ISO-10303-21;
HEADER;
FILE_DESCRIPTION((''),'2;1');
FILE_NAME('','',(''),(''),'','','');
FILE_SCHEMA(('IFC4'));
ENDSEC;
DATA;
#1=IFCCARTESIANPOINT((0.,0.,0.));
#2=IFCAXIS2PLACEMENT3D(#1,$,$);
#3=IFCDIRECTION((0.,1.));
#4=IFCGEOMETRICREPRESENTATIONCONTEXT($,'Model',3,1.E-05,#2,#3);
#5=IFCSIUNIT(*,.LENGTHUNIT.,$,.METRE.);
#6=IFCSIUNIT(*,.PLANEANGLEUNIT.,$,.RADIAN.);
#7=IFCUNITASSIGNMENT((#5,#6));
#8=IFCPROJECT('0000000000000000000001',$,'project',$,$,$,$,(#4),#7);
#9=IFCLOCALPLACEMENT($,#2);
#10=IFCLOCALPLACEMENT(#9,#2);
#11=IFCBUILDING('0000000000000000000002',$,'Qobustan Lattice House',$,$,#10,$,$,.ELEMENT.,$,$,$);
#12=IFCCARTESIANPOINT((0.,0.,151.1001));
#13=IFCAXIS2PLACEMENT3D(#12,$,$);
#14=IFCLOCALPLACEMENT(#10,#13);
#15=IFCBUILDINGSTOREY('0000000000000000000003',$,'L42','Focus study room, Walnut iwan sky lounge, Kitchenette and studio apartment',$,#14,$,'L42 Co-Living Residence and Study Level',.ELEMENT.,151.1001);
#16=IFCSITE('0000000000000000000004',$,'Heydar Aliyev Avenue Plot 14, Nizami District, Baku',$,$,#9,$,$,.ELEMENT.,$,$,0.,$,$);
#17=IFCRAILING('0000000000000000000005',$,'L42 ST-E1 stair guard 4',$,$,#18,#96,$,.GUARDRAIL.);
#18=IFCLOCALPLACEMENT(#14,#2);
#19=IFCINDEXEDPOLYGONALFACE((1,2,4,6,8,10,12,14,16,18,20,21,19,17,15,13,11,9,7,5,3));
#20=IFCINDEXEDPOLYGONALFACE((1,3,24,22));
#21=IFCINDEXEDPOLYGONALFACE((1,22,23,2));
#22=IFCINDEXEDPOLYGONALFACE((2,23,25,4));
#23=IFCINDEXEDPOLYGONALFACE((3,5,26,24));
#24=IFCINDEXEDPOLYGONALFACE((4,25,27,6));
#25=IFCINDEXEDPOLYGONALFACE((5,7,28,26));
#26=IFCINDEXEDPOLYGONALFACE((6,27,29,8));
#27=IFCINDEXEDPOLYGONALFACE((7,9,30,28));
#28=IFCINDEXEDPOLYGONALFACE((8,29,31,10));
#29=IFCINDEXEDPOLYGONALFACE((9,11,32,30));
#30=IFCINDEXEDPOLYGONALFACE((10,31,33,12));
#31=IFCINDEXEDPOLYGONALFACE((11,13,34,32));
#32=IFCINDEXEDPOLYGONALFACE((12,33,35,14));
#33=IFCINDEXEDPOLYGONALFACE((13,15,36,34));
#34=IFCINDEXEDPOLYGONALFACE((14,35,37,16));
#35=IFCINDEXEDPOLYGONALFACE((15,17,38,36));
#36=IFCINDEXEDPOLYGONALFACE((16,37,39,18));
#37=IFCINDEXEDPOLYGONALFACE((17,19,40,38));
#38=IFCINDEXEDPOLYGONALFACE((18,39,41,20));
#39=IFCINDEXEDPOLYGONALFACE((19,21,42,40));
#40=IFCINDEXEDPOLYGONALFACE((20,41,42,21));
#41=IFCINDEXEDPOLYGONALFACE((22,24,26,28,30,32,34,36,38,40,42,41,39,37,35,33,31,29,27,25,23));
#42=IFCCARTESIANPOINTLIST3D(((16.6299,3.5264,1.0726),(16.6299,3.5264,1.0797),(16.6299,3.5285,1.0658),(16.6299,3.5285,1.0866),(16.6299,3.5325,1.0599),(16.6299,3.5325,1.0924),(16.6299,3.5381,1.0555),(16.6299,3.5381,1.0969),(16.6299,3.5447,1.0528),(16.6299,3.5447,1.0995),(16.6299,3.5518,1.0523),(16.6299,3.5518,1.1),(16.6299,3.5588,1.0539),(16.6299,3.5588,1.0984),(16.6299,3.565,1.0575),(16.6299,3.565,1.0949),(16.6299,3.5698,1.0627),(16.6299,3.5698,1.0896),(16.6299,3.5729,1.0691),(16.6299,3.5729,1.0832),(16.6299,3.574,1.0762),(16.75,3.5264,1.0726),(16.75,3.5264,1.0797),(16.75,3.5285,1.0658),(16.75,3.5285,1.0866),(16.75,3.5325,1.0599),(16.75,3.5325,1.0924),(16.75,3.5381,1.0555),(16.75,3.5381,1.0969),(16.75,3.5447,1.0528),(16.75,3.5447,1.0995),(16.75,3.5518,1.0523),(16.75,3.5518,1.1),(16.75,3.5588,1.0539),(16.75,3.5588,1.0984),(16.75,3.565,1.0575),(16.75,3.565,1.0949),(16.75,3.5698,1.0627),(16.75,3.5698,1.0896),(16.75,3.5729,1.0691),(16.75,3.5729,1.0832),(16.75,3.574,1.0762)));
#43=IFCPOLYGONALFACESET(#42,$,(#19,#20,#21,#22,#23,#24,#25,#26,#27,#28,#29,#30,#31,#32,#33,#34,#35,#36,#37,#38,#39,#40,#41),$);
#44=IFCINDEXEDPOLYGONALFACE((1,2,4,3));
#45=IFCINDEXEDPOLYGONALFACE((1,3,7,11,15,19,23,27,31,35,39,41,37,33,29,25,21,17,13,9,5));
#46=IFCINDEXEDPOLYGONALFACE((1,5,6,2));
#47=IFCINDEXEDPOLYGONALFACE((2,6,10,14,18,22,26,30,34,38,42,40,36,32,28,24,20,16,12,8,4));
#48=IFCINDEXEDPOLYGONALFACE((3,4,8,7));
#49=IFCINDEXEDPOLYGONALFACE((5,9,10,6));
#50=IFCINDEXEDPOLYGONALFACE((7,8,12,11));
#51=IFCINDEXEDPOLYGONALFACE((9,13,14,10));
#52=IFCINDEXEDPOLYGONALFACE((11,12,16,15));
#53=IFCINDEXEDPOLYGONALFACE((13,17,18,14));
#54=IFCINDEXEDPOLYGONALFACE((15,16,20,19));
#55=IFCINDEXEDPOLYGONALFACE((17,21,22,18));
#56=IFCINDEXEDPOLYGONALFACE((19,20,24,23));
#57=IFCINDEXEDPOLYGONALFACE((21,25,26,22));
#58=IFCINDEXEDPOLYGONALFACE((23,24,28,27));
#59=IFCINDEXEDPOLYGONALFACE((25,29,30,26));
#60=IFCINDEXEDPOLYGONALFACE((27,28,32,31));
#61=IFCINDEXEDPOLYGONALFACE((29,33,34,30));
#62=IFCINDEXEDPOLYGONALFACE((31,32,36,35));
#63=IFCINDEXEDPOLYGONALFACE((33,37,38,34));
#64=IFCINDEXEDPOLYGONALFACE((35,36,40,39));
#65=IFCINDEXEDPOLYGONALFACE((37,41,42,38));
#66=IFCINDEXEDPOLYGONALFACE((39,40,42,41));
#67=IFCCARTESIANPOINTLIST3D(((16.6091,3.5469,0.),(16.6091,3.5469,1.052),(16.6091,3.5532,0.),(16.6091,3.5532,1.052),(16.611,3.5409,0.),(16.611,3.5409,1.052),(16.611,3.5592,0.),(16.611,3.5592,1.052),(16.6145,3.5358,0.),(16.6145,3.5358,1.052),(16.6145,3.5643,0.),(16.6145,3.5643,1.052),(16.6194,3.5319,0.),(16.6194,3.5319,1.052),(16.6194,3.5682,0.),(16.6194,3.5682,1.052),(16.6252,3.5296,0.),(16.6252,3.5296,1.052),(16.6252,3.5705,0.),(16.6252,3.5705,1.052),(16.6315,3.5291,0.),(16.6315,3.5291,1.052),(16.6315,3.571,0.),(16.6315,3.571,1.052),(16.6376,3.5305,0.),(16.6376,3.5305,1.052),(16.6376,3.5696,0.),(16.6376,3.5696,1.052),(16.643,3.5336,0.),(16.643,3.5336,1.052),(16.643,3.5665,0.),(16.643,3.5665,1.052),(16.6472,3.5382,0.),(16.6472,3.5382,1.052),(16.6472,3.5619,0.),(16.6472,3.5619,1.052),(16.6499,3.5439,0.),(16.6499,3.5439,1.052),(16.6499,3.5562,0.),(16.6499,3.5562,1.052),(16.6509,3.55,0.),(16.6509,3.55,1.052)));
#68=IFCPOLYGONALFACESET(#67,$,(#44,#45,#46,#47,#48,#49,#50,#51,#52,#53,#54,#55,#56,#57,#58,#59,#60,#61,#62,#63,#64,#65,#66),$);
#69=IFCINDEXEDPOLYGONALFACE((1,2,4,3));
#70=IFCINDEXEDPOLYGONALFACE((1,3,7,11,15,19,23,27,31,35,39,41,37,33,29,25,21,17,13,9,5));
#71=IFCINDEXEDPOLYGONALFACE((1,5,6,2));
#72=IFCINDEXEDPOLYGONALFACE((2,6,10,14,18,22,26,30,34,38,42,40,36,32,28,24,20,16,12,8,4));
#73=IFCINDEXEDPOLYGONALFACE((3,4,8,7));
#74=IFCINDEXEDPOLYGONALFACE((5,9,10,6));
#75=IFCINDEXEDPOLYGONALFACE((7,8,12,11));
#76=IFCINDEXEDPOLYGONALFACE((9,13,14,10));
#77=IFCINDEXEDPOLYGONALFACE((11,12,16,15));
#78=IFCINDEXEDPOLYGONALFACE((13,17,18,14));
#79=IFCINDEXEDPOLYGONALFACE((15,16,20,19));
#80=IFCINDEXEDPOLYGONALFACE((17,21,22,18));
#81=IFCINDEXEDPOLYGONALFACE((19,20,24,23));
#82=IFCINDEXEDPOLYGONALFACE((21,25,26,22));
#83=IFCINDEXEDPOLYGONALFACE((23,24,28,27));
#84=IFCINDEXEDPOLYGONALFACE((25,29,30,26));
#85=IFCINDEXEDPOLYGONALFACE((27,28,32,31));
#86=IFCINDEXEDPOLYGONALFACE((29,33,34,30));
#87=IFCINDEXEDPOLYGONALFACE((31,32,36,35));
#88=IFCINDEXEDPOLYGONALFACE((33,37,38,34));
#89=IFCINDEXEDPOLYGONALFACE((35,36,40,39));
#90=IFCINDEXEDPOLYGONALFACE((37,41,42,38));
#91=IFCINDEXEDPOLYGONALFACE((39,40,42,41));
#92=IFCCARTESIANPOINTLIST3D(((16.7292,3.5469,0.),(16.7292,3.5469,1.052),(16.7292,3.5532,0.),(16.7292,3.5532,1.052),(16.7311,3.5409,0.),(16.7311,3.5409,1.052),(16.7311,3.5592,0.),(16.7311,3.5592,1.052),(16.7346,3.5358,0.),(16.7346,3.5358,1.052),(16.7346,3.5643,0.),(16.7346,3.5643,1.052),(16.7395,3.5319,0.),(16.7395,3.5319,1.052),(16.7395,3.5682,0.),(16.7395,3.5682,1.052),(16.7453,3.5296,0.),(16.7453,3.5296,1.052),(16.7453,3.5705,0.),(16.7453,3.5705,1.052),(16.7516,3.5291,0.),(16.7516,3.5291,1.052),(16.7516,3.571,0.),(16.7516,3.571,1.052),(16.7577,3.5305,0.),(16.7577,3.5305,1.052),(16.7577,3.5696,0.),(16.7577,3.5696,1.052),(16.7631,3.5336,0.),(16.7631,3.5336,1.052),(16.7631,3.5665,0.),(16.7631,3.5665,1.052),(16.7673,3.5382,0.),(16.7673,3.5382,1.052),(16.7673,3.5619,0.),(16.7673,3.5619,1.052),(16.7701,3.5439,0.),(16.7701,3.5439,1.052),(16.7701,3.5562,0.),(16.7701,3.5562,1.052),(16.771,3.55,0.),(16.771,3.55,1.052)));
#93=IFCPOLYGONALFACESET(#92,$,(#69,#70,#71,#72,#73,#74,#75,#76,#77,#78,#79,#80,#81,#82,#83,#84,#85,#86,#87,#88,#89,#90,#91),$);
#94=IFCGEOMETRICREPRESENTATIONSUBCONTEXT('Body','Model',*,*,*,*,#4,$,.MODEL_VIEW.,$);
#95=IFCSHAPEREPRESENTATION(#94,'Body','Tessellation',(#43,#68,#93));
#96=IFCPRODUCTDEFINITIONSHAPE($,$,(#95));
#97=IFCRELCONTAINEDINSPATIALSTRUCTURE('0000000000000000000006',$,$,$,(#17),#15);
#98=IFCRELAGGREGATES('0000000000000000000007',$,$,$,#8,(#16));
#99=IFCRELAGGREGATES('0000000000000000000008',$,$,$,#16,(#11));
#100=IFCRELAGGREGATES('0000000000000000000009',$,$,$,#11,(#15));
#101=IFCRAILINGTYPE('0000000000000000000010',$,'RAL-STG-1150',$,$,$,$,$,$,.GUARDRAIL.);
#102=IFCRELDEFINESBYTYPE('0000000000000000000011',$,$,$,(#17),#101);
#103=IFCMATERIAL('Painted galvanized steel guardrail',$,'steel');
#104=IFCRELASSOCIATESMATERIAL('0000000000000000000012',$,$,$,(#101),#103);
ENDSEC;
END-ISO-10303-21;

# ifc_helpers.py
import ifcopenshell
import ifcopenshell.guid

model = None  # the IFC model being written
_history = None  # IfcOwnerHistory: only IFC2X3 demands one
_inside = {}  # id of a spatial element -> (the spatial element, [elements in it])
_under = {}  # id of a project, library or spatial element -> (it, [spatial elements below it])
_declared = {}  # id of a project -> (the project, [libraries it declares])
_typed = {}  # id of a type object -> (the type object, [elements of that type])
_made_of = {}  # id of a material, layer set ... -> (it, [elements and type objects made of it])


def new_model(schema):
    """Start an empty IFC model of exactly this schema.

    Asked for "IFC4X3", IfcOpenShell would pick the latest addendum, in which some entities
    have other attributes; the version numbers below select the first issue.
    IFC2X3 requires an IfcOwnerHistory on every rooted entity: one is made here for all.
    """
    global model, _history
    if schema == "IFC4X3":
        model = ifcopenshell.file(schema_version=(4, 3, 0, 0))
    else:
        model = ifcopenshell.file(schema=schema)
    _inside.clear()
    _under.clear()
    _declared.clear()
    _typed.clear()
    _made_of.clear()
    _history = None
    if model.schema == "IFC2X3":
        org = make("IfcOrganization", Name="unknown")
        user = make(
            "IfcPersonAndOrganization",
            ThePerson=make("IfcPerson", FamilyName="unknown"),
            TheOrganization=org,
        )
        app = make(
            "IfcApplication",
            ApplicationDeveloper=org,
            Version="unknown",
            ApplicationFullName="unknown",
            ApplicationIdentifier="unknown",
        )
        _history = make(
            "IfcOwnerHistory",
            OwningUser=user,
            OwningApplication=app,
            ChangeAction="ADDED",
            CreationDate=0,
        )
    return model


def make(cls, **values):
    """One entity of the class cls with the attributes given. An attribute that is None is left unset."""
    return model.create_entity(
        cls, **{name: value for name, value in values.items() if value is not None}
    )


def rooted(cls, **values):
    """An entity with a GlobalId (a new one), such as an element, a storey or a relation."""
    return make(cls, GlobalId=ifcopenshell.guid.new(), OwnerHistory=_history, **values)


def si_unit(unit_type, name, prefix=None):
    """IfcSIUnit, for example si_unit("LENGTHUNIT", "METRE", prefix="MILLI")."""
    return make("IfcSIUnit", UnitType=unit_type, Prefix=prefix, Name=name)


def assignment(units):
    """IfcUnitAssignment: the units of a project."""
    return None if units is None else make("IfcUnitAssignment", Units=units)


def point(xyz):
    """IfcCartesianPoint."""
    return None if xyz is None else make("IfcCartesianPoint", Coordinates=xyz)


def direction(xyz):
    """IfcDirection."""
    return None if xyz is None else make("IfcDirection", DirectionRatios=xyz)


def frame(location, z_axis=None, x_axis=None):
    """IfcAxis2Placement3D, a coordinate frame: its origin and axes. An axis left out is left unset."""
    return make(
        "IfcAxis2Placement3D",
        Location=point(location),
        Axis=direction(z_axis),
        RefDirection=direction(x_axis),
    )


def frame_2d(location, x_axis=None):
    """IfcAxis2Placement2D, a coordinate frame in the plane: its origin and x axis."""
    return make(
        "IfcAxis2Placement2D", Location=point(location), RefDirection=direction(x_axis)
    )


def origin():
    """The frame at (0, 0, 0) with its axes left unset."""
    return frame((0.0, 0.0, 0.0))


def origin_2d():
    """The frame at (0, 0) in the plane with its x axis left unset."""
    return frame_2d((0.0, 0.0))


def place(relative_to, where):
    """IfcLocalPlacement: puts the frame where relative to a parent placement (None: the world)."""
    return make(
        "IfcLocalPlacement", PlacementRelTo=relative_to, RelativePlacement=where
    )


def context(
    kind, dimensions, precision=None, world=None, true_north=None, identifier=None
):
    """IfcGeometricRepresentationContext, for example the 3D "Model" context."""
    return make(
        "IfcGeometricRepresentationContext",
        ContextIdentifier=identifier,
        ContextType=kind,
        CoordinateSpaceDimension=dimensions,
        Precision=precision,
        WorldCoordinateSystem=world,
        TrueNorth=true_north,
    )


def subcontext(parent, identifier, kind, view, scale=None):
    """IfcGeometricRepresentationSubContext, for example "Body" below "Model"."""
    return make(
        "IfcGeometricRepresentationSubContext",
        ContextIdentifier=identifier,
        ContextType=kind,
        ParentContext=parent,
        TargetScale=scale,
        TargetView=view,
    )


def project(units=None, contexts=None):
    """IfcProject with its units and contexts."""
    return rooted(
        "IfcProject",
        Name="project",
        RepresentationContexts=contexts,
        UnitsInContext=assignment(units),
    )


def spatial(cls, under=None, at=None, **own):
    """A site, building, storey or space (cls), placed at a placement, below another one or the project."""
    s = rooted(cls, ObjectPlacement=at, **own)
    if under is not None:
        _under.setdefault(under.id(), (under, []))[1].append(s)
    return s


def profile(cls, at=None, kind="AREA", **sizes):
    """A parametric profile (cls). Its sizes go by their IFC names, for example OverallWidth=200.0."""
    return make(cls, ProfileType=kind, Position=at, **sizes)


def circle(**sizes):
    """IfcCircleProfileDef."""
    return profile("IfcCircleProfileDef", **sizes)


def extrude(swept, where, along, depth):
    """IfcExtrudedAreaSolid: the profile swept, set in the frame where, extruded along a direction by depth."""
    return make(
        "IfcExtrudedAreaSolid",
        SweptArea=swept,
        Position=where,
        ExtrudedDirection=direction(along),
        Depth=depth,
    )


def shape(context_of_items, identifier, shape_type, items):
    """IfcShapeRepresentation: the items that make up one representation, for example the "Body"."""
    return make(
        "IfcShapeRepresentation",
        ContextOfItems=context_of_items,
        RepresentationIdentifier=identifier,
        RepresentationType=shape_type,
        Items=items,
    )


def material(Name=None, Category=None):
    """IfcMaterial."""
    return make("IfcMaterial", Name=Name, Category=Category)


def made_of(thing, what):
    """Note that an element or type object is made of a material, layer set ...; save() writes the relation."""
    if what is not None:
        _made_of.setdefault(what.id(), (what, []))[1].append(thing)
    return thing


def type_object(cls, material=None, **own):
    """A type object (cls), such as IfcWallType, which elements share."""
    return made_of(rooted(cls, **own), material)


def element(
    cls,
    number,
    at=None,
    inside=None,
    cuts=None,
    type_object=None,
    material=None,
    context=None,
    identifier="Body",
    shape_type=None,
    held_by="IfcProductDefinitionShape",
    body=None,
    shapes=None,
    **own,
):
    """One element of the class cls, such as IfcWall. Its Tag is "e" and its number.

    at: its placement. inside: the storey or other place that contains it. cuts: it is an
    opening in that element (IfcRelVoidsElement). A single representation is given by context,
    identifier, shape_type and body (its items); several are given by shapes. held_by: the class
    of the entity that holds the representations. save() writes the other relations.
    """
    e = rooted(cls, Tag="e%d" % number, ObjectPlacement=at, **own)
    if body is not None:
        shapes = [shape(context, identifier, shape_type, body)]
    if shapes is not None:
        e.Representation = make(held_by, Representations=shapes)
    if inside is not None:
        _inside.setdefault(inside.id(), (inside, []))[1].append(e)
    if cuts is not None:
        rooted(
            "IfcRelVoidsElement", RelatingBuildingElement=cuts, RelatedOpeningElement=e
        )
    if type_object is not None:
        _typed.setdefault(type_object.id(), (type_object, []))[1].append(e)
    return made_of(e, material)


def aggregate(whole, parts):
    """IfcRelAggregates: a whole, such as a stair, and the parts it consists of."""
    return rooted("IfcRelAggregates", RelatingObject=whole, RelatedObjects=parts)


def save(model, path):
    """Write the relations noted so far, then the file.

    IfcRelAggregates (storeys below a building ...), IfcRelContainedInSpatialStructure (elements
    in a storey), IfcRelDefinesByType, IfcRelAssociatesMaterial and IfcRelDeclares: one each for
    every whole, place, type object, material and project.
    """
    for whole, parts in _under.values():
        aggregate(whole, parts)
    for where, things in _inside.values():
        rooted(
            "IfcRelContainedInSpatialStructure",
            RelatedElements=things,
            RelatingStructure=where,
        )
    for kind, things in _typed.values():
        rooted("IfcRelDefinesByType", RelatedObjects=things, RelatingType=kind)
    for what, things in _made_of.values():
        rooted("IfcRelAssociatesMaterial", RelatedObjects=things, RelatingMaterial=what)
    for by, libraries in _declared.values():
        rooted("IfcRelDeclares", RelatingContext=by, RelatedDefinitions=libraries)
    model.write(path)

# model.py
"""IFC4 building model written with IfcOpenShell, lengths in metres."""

from ifc_helpers import new_model, si_unit, direction, frame, origin, origin_2d, place, context, subcontext, project, spatial, circle, extrude, material, type_object, element, save


model = new_model("IFC4")

# Units and contexts
model_context = context("Model", 3, precision=1e-05, world=origin(), true_north=direction((0.0, 1.0)))
body_context = subcontext(model_context, "Body", "Model", "MODEL_VIEW")
ifc_project = project(units=[si_unit("LENGTHUNIT", "METRE"), si_unit("PLANEANGLEUNIT", "RADIAN")], contexts=[model_context])

# Site, building, storey
site_placement = place(None, origin())
site = spatial("IfcSite", under=ifc_project, at=site_placement, Name="Heydar Aliyev Avenue Plot 14, Nizami District, Baku", CompositionType="ELEMENT", RefElevation=0.0)
building_placement = place(site_placement, origin())
building = spatial("IfcBuilding", under=site, at=building_placement, Name="Qobustan Lattice House", CompositionType="ELEMENT")
storey_placement = place(building_placement, frame((0.0, 0.0, 151.1001)))
storey = spatial("IfcBuildingStorey", under=building, at=storey_placement, Name="L42", Description="Focus study room, Walnut iwan sky lounge, Kitchenette and studio apartment", LongName="L42 Co-Living Residence and Study Level", CompositionType="ELEMENT", Elevation=151.1001)

# Railing
ifc_material_1 = material(Name="Painted galvanized steel guardrail", Category="steel")
railing_type_1 = type_object("IfcRailingType", Name="RAL-STG-1150", PredefinedType="GUARDRAIL", material=ifc_material_1)
railing_1_placement = place(storey_placement, frame((16.6299, 3.55, 0.0)))
element("IfcRailing", 1, at=railing_1_placement, inside=storey, type_object=railing_type_1, Name="L42 ST-E1 stair guard 4", PredefinedType="GUARDRAIL", context=body_context, shape_type="SweptSolid", body=[
    extrude(circle(Radius=0.0239, at=origin_2d()), frame((0.0, 0.0, 1.0762), z_axis=(1.0, 0.0, 0.0), x_axis=(0.0, 1.0, 0.0)), (0.0, 0.0, 1.0), 0.1201),
    extrude(circle(Radius=0.021, at=origin_2d()), origin(), (0.0, 0.0, 1.0), 1.052),
    extrude(circle(Radius=0.021, at=origin_2d()), frame((0.1201, 0.0, 0.0)), (0.0, 0.0, 1.0), 1.052),
])

save(model, "model.ifc")
